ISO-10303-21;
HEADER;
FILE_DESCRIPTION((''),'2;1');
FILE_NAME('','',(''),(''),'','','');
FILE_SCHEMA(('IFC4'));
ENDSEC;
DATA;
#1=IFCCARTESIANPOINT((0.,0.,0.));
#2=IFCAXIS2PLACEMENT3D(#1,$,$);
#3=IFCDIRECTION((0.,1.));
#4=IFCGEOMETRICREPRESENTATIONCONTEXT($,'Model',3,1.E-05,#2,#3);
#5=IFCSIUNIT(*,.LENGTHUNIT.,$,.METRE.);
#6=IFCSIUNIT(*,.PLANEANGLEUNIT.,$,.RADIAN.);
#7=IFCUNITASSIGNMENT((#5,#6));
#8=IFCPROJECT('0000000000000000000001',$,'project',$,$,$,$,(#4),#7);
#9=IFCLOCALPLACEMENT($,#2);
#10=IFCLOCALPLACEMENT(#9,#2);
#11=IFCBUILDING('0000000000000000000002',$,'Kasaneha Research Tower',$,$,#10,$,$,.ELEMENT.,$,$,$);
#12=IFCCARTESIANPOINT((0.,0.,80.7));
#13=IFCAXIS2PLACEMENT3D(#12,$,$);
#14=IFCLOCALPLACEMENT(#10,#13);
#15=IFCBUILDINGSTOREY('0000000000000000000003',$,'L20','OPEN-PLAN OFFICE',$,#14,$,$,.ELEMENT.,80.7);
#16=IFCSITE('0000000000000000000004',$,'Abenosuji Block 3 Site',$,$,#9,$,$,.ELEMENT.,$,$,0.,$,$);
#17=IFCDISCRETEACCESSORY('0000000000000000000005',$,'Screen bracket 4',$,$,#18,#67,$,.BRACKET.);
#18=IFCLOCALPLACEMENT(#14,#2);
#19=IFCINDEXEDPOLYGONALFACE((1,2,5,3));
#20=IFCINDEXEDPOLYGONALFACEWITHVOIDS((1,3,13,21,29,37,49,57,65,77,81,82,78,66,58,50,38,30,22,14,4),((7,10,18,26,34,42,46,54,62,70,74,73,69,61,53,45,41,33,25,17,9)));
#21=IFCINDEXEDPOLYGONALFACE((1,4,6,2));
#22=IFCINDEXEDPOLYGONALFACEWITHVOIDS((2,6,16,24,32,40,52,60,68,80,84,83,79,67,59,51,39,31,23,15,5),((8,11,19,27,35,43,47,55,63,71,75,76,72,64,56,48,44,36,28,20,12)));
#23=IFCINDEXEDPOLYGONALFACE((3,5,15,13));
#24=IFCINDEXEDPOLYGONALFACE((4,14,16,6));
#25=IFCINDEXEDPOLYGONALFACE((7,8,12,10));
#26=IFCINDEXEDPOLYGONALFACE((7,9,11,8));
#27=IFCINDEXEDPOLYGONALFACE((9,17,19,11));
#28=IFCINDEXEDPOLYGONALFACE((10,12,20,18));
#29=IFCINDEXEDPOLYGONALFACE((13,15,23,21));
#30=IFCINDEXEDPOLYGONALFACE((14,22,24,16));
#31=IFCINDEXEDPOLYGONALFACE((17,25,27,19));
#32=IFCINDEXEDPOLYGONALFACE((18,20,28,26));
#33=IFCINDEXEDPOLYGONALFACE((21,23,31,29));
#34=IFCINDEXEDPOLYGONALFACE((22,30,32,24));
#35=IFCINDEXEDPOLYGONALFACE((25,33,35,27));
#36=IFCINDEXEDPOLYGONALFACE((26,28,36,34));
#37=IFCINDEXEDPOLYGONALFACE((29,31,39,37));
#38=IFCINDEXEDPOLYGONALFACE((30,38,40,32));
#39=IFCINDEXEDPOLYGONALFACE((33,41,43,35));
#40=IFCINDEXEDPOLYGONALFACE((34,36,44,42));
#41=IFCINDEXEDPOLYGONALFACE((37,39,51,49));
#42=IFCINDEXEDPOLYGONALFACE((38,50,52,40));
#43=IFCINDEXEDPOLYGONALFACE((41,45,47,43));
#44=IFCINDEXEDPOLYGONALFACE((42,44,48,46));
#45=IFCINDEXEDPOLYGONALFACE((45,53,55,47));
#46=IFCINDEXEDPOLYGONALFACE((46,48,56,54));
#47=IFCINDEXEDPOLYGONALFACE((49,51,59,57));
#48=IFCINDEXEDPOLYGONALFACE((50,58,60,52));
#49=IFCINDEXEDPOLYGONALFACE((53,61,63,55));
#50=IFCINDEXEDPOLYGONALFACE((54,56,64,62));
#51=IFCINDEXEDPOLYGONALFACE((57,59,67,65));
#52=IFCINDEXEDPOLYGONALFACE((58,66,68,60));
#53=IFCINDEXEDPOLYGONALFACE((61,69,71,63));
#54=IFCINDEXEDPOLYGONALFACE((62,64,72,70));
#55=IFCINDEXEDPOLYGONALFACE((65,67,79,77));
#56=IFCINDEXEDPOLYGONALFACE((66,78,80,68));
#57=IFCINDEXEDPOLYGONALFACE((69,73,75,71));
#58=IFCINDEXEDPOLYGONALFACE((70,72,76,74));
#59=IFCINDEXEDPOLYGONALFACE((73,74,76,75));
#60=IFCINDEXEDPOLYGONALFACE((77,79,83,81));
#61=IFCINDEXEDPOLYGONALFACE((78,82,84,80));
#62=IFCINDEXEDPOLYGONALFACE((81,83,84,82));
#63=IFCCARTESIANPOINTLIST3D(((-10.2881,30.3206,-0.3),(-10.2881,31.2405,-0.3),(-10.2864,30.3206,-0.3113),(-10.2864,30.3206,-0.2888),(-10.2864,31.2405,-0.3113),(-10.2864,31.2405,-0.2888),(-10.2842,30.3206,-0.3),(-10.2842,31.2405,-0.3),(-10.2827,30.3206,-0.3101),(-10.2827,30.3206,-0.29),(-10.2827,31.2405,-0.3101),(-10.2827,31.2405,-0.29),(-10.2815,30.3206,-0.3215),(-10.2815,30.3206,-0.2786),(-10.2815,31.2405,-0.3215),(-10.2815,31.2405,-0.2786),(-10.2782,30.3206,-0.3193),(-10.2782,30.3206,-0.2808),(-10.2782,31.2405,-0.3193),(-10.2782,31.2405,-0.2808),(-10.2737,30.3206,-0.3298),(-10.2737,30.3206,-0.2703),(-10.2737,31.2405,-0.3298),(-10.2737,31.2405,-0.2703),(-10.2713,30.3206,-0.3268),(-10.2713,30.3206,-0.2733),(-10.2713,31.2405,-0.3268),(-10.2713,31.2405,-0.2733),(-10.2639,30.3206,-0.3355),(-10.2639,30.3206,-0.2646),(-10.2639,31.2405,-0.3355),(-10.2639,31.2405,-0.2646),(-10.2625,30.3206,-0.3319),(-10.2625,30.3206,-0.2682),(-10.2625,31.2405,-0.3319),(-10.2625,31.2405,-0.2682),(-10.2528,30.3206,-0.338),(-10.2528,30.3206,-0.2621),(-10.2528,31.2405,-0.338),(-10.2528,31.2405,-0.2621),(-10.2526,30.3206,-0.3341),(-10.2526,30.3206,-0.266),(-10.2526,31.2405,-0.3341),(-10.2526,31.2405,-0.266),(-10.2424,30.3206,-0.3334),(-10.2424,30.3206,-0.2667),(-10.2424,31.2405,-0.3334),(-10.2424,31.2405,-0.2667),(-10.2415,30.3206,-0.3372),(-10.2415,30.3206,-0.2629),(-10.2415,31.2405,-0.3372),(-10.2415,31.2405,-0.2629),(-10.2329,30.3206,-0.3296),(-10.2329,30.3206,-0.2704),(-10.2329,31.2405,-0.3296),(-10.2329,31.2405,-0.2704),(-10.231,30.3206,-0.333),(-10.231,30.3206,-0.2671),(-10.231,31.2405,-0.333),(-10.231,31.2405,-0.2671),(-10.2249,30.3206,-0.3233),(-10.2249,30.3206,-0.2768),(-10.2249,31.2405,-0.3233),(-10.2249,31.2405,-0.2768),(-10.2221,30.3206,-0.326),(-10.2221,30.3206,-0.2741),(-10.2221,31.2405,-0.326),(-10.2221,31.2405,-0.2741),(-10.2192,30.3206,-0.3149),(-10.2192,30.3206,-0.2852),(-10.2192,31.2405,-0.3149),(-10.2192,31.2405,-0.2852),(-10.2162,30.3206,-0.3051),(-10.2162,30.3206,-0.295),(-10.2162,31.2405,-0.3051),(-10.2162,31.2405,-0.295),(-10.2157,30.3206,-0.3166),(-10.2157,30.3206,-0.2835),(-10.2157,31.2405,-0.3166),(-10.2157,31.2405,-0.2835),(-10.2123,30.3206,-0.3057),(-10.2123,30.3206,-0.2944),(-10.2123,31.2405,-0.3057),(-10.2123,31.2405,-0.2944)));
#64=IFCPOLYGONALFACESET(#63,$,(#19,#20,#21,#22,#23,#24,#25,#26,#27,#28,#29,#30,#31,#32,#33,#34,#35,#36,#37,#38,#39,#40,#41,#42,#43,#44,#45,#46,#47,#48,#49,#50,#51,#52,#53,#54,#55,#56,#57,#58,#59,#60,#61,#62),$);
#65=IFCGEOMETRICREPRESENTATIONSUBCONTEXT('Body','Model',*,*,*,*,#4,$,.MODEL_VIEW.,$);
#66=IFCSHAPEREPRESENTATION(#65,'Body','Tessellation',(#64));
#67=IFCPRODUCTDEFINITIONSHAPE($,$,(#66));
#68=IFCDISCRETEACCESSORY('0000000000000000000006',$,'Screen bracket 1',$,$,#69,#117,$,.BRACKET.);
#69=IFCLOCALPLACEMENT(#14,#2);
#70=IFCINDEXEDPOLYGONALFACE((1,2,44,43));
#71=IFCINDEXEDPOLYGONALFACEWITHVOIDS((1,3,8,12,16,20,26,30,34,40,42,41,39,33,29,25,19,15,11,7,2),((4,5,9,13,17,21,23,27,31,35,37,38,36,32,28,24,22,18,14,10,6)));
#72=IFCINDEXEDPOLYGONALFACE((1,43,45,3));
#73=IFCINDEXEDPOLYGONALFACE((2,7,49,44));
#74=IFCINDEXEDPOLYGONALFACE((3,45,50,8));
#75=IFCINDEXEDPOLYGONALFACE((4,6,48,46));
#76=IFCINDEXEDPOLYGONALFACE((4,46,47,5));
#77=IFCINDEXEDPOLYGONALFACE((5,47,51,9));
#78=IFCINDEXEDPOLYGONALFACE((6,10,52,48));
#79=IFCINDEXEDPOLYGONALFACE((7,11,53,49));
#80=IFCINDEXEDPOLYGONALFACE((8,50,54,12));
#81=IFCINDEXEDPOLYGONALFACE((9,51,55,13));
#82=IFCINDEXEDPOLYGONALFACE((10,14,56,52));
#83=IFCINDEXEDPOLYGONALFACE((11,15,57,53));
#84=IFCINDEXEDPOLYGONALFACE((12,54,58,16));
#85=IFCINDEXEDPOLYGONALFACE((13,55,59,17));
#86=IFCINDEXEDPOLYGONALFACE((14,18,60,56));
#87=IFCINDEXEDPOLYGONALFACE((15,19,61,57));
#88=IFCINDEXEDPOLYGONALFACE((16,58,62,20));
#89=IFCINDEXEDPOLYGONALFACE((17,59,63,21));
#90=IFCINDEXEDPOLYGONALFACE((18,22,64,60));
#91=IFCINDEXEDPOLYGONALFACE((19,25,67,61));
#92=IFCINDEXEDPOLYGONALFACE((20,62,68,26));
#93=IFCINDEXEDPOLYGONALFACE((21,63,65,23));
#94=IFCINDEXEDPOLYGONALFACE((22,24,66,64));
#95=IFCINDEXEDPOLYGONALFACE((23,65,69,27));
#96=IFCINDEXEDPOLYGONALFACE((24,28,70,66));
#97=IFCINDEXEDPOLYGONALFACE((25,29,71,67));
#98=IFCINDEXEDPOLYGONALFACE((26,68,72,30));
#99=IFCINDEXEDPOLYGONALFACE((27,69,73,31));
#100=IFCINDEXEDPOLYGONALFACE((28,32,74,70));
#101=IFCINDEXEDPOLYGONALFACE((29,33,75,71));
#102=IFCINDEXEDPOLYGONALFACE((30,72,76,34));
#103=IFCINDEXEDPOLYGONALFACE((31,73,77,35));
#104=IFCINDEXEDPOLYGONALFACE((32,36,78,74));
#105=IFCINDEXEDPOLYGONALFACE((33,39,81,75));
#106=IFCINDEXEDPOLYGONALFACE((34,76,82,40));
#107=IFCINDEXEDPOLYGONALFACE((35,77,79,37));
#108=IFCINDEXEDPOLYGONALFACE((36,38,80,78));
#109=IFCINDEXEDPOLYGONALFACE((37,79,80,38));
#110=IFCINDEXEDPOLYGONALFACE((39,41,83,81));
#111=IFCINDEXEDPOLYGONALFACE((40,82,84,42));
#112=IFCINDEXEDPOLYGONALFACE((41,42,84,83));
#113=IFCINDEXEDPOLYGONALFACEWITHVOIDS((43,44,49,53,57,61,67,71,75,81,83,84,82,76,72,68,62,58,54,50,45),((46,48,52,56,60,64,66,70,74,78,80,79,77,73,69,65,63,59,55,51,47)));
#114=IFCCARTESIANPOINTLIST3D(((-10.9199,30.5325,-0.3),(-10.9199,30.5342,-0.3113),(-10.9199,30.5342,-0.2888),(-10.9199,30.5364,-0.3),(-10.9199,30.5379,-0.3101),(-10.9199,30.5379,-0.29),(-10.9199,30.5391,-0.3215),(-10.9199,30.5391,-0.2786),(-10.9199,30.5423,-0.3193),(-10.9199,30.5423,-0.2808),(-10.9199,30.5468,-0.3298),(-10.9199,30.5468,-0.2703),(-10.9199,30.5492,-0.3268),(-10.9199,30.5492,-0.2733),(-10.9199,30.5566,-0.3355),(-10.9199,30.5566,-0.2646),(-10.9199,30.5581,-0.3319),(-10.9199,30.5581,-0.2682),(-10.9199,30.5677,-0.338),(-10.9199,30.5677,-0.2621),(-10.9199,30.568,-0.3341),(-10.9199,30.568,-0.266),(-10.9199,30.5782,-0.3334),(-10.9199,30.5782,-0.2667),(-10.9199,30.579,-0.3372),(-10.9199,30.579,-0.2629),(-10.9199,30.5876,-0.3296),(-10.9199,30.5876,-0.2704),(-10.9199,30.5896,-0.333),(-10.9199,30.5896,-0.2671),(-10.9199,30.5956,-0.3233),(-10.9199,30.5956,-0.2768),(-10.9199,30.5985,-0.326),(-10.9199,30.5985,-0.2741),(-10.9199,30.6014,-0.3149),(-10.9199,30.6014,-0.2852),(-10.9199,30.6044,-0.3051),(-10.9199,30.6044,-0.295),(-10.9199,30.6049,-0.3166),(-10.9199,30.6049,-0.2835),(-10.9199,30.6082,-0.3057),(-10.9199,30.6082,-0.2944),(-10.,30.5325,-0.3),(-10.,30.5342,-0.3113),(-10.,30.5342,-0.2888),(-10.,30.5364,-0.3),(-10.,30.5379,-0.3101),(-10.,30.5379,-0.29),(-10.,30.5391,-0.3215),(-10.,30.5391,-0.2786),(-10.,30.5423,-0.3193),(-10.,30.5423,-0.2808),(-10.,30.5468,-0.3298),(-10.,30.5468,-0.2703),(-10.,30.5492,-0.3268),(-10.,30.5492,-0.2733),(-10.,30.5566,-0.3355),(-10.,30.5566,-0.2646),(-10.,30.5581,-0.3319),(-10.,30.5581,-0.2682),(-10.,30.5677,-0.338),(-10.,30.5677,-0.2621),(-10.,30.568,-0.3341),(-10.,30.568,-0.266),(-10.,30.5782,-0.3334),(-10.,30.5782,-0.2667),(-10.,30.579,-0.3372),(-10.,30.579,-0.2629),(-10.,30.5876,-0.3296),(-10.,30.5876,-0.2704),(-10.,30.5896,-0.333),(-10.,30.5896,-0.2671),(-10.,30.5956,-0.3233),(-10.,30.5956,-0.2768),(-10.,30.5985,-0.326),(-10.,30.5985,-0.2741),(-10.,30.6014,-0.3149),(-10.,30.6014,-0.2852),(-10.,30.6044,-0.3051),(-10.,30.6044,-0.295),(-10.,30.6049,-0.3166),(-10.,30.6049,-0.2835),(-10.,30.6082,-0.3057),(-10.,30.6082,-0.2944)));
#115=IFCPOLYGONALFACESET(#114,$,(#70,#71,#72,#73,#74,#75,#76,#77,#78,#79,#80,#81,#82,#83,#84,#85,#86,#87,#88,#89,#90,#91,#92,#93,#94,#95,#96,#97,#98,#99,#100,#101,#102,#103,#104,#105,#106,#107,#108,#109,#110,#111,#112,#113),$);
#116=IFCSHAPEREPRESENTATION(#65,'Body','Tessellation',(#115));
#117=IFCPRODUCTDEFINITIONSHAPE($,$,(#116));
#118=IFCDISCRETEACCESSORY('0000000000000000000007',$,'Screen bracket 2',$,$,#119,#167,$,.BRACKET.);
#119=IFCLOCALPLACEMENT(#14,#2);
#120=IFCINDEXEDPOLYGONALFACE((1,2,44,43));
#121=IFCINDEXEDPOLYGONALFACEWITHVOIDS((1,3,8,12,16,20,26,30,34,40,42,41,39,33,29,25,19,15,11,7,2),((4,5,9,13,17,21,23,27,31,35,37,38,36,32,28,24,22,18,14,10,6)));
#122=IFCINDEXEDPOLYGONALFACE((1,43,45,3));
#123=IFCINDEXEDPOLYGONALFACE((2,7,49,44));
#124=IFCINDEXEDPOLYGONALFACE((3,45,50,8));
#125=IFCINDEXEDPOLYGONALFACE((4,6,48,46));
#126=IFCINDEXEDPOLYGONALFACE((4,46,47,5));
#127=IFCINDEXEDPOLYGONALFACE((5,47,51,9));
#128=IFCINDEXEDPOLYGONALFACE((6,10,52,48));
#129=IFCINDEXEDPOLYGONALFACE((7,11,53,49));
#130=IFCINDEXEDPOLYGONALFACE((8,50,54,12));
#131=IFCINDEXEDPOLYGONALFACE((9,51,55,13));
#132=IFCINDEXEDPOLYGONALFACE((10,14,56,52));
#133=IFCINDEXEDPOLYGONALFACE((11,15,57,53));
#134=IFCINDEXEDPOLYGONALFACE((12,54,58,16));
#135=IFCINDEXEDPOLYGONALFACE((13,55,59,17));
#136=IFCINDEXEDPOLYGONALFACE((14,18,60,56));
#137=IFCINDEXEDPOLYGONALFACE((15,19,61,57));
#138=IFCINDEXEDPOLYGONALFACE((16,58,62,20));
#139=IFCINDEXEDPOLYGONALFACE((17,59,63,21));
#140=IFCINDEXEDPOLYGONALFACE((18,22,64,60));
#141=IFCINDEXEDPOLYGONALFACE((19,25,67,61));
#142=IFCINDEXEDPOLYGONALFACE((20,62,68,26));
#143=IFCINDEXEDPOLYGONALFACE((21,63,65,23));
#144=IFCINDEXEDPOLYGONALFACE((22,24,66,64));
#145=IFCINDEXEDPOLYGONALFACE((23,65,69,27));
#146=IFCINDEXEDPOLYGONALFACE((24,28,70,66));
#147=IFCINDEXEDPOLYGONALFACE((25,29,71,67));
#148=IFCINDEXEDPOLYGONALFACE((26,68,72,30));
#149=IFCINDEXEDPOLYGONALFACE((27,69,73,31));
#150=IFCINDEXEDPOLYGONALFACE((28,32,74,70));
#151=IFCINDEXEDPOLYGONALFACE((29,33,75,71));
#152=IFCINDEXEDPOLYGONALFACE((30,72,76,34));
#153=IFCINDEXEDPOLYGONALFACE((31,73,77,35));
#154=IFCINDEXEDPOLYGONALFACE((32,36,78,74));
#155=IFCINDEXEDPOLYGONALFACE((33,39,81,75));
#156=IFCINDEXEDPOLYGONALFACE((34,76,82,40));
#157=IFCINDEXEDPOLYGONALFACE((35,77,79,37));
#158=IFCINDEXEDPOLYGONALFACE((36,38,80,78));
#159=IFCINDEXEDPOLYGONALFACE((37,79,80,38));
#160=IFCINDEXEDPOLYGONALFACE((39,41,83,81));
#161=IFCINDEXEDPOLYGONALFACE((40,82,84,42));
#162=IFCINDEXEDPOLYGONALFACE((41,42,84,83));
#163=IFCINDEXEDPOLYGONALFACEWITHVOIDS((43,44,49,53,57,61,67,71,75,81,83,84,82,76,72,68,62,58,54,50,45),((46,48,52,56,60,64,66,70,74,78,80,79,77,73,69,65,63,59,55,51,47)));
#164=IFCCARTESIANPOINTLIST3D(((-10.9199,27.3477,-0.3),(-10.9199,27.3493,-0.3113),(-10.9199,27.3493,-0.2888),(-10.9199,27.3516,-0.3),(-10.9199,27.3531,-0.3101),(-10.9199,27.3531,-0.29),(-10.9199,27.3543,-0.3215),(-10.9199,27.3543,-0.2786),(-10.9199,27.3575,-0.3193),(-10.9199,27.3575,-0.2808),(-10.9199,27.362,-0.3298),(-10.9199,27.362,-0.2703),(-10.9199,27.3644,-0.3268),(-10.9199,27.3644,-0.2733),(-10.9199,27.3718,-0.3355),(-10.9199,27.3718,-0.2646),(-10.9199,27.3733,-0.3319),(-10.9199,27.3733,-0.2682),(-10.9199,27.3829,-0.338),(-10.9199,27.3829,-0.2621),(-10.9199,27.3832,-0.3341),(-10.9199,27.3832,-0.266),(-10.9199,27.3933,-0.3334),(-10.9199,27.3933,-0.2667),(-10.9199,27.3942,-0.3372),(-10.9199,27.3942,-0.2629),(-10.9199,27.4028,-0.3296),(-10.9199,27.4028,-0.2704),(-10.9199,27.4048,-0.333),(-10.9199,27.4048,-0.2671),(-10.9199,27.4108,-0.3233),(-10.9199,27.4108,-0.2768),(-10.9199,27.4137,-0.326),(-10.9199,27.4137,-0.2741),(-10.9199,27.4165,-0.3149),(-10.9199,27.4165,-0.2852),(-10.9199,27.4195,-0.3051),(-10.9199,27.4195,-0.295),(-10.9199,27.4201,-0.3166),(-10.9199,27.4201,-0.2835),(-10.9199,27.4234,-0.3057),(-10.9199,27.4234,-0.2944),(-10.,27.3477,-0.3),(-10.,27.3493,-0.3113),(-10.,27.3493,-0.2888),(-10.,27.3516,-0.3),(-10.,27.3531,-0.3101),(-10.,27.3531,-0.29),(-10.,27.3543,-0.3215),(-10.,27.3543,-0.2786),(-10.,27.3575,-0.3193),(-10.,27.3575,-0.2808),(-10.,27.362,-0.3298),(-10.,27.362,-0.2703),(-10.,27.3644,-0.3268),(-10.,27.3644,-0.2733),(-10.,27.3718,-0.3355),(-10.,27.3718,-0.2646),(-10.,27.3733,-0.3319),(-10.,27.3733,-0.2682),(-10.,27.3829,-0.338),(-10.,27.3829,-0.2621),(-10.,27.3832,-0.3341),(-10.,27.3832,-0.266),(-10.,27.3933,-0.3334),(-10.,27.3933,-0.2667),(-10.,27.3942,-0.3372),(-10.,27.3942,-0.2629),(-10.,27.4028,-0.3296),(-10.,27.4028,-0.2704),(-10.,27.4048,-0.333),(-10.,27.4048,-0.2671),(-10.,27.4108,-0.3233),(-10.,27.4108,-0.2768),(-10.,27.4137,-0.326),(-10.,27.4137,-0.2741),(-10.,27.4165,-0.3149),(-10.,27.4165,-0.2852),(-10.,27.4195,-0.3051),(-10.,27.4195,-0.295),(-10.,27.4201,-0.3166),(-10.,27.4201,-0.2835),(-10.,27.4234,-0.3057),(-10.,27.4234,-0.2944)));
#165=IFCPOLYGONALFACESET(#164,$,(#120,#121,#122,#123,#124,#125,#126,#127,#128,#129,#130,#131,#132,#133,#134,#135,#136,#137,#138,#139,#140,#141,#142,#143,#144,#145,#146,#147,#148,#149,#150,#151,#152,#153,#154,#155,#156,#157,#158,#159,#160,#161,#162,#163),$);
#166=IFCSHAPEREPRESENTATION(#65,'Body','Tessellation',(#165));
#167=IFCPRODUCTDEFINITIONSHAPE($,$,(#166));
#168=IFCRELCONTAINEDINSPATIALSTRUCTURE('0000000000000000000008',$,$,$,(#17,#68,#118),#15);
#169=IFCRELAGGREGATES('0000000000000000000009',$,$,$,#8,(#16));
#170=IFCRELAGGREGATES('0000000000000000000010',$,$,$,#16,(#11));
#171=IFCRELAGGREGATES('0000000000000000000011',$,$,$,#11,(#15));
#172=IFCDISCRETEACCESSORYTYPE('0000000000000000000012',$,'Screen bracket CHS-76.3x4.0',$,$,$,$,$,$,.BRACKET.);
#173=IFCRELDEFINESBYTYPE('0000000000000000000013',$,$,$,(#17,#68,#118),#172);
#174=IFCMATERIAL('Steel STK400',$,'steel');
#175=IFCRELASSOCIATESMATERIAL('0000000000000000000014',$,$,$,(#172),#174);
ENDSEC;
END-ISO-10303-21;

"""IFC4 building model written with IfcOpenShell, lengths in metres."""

from ifc_helpers import new_model, si_unit, direction, frame, origin, origin_2d, place, context, subcontext, project, spatial, hollow_circle, extrude, material, material_profile, profile_set, type_object, element, save


model = new_model("IFC4")

# Units and contexts
model_context = context("Model", 3, precision=1e-05, world=origin(), true_north=direction((0.0, 1.0)))
body_context = subcontext(model_context, "Body", "Model", "MODEL_VIEW")
ifc_project = project(units=[si_unit("LENGTHUNIT", "METRE"), si_unit("PLANEANGLEUNIT", "RADIAN")], contexts=[model_context])

# Site, building, storey
site_placement = place(None, origin())
site = spatial("IfcSite", under=ifc_project, at=site_placement, Name="Abenosuji Block 3 Site", CompositionType="ELEMENT", RefElevation=0.0)
building_placement = place(site_placement, origin())
building = spatial("IfcBuilding", under=site, at=building_placement, Name="Kasaneha Research Tower", CompositionType="ELEMENT")
storey_placement = place(building_placement, frame((0.0, 0.0, 80.7)))
storey = spatial("IfcBuildingStorey", under=building, at=storey_placement, Name="L20", Description="OPEN-PLAN OFFICE", CompositionType="ELEMENT", Elevation=80.7)

# Discrete accessories
ifc_material_1 = material(Name="Steel STK400", Category="steel")
ifc_material_profile_1 = material_profile(ifc_material_1, hollow_circle(Radius=0.0381, WallThickness=0.0039, at=origin_2d()), Name="CHS-76.3x4.0")
ifc_profile_set_1 = profile_set([ifc_material_profile_1], Name="Steel STK400")
discrete_accessory_type = type_object("IfcDiscreteAccessoryType", Name="Screen bracket CHS-76.3x4.0", PredefinedType="BRACKET", material=ifc_profile_set_1)
for number, where, z_axis, x_axis, name in (
    (1, (-10.25, 30.3206, -0.3), (0.0, 1.0, 0.0), (-1.0, 0.0, 0.0), "Screen bracket 4"),
    (2, (-10.0, 30.5706, -0.3), (-1.0, 0.0, 0.0), (0.0, -1.0, 0.0), "Screen bracket 1"),
    (3, (-10.0, 27.3857, -0.3), (-1.0, 0.0, 0.0), (0.0, -1.0, 0.0), "Screen bracket 2"),
):
    element("IfcDiscreteAccessory", number, at=place(storey_placement, frame(where, z_axis=z_axis, x_axis=x_axis)), inside=storey, type_object=discrete_accessory_type, Name=name, PredefinedType="BRACKET", context=body_context, shape_type="SweptSolid", body=[
        extrude(hollow_circle(Radius=0.0381, WallThickness=0.0039, at=origin_2d()), origin(), (0.0, 0.0, 1.0), 0.9199),
    ])

save(model, "model.ifc")
